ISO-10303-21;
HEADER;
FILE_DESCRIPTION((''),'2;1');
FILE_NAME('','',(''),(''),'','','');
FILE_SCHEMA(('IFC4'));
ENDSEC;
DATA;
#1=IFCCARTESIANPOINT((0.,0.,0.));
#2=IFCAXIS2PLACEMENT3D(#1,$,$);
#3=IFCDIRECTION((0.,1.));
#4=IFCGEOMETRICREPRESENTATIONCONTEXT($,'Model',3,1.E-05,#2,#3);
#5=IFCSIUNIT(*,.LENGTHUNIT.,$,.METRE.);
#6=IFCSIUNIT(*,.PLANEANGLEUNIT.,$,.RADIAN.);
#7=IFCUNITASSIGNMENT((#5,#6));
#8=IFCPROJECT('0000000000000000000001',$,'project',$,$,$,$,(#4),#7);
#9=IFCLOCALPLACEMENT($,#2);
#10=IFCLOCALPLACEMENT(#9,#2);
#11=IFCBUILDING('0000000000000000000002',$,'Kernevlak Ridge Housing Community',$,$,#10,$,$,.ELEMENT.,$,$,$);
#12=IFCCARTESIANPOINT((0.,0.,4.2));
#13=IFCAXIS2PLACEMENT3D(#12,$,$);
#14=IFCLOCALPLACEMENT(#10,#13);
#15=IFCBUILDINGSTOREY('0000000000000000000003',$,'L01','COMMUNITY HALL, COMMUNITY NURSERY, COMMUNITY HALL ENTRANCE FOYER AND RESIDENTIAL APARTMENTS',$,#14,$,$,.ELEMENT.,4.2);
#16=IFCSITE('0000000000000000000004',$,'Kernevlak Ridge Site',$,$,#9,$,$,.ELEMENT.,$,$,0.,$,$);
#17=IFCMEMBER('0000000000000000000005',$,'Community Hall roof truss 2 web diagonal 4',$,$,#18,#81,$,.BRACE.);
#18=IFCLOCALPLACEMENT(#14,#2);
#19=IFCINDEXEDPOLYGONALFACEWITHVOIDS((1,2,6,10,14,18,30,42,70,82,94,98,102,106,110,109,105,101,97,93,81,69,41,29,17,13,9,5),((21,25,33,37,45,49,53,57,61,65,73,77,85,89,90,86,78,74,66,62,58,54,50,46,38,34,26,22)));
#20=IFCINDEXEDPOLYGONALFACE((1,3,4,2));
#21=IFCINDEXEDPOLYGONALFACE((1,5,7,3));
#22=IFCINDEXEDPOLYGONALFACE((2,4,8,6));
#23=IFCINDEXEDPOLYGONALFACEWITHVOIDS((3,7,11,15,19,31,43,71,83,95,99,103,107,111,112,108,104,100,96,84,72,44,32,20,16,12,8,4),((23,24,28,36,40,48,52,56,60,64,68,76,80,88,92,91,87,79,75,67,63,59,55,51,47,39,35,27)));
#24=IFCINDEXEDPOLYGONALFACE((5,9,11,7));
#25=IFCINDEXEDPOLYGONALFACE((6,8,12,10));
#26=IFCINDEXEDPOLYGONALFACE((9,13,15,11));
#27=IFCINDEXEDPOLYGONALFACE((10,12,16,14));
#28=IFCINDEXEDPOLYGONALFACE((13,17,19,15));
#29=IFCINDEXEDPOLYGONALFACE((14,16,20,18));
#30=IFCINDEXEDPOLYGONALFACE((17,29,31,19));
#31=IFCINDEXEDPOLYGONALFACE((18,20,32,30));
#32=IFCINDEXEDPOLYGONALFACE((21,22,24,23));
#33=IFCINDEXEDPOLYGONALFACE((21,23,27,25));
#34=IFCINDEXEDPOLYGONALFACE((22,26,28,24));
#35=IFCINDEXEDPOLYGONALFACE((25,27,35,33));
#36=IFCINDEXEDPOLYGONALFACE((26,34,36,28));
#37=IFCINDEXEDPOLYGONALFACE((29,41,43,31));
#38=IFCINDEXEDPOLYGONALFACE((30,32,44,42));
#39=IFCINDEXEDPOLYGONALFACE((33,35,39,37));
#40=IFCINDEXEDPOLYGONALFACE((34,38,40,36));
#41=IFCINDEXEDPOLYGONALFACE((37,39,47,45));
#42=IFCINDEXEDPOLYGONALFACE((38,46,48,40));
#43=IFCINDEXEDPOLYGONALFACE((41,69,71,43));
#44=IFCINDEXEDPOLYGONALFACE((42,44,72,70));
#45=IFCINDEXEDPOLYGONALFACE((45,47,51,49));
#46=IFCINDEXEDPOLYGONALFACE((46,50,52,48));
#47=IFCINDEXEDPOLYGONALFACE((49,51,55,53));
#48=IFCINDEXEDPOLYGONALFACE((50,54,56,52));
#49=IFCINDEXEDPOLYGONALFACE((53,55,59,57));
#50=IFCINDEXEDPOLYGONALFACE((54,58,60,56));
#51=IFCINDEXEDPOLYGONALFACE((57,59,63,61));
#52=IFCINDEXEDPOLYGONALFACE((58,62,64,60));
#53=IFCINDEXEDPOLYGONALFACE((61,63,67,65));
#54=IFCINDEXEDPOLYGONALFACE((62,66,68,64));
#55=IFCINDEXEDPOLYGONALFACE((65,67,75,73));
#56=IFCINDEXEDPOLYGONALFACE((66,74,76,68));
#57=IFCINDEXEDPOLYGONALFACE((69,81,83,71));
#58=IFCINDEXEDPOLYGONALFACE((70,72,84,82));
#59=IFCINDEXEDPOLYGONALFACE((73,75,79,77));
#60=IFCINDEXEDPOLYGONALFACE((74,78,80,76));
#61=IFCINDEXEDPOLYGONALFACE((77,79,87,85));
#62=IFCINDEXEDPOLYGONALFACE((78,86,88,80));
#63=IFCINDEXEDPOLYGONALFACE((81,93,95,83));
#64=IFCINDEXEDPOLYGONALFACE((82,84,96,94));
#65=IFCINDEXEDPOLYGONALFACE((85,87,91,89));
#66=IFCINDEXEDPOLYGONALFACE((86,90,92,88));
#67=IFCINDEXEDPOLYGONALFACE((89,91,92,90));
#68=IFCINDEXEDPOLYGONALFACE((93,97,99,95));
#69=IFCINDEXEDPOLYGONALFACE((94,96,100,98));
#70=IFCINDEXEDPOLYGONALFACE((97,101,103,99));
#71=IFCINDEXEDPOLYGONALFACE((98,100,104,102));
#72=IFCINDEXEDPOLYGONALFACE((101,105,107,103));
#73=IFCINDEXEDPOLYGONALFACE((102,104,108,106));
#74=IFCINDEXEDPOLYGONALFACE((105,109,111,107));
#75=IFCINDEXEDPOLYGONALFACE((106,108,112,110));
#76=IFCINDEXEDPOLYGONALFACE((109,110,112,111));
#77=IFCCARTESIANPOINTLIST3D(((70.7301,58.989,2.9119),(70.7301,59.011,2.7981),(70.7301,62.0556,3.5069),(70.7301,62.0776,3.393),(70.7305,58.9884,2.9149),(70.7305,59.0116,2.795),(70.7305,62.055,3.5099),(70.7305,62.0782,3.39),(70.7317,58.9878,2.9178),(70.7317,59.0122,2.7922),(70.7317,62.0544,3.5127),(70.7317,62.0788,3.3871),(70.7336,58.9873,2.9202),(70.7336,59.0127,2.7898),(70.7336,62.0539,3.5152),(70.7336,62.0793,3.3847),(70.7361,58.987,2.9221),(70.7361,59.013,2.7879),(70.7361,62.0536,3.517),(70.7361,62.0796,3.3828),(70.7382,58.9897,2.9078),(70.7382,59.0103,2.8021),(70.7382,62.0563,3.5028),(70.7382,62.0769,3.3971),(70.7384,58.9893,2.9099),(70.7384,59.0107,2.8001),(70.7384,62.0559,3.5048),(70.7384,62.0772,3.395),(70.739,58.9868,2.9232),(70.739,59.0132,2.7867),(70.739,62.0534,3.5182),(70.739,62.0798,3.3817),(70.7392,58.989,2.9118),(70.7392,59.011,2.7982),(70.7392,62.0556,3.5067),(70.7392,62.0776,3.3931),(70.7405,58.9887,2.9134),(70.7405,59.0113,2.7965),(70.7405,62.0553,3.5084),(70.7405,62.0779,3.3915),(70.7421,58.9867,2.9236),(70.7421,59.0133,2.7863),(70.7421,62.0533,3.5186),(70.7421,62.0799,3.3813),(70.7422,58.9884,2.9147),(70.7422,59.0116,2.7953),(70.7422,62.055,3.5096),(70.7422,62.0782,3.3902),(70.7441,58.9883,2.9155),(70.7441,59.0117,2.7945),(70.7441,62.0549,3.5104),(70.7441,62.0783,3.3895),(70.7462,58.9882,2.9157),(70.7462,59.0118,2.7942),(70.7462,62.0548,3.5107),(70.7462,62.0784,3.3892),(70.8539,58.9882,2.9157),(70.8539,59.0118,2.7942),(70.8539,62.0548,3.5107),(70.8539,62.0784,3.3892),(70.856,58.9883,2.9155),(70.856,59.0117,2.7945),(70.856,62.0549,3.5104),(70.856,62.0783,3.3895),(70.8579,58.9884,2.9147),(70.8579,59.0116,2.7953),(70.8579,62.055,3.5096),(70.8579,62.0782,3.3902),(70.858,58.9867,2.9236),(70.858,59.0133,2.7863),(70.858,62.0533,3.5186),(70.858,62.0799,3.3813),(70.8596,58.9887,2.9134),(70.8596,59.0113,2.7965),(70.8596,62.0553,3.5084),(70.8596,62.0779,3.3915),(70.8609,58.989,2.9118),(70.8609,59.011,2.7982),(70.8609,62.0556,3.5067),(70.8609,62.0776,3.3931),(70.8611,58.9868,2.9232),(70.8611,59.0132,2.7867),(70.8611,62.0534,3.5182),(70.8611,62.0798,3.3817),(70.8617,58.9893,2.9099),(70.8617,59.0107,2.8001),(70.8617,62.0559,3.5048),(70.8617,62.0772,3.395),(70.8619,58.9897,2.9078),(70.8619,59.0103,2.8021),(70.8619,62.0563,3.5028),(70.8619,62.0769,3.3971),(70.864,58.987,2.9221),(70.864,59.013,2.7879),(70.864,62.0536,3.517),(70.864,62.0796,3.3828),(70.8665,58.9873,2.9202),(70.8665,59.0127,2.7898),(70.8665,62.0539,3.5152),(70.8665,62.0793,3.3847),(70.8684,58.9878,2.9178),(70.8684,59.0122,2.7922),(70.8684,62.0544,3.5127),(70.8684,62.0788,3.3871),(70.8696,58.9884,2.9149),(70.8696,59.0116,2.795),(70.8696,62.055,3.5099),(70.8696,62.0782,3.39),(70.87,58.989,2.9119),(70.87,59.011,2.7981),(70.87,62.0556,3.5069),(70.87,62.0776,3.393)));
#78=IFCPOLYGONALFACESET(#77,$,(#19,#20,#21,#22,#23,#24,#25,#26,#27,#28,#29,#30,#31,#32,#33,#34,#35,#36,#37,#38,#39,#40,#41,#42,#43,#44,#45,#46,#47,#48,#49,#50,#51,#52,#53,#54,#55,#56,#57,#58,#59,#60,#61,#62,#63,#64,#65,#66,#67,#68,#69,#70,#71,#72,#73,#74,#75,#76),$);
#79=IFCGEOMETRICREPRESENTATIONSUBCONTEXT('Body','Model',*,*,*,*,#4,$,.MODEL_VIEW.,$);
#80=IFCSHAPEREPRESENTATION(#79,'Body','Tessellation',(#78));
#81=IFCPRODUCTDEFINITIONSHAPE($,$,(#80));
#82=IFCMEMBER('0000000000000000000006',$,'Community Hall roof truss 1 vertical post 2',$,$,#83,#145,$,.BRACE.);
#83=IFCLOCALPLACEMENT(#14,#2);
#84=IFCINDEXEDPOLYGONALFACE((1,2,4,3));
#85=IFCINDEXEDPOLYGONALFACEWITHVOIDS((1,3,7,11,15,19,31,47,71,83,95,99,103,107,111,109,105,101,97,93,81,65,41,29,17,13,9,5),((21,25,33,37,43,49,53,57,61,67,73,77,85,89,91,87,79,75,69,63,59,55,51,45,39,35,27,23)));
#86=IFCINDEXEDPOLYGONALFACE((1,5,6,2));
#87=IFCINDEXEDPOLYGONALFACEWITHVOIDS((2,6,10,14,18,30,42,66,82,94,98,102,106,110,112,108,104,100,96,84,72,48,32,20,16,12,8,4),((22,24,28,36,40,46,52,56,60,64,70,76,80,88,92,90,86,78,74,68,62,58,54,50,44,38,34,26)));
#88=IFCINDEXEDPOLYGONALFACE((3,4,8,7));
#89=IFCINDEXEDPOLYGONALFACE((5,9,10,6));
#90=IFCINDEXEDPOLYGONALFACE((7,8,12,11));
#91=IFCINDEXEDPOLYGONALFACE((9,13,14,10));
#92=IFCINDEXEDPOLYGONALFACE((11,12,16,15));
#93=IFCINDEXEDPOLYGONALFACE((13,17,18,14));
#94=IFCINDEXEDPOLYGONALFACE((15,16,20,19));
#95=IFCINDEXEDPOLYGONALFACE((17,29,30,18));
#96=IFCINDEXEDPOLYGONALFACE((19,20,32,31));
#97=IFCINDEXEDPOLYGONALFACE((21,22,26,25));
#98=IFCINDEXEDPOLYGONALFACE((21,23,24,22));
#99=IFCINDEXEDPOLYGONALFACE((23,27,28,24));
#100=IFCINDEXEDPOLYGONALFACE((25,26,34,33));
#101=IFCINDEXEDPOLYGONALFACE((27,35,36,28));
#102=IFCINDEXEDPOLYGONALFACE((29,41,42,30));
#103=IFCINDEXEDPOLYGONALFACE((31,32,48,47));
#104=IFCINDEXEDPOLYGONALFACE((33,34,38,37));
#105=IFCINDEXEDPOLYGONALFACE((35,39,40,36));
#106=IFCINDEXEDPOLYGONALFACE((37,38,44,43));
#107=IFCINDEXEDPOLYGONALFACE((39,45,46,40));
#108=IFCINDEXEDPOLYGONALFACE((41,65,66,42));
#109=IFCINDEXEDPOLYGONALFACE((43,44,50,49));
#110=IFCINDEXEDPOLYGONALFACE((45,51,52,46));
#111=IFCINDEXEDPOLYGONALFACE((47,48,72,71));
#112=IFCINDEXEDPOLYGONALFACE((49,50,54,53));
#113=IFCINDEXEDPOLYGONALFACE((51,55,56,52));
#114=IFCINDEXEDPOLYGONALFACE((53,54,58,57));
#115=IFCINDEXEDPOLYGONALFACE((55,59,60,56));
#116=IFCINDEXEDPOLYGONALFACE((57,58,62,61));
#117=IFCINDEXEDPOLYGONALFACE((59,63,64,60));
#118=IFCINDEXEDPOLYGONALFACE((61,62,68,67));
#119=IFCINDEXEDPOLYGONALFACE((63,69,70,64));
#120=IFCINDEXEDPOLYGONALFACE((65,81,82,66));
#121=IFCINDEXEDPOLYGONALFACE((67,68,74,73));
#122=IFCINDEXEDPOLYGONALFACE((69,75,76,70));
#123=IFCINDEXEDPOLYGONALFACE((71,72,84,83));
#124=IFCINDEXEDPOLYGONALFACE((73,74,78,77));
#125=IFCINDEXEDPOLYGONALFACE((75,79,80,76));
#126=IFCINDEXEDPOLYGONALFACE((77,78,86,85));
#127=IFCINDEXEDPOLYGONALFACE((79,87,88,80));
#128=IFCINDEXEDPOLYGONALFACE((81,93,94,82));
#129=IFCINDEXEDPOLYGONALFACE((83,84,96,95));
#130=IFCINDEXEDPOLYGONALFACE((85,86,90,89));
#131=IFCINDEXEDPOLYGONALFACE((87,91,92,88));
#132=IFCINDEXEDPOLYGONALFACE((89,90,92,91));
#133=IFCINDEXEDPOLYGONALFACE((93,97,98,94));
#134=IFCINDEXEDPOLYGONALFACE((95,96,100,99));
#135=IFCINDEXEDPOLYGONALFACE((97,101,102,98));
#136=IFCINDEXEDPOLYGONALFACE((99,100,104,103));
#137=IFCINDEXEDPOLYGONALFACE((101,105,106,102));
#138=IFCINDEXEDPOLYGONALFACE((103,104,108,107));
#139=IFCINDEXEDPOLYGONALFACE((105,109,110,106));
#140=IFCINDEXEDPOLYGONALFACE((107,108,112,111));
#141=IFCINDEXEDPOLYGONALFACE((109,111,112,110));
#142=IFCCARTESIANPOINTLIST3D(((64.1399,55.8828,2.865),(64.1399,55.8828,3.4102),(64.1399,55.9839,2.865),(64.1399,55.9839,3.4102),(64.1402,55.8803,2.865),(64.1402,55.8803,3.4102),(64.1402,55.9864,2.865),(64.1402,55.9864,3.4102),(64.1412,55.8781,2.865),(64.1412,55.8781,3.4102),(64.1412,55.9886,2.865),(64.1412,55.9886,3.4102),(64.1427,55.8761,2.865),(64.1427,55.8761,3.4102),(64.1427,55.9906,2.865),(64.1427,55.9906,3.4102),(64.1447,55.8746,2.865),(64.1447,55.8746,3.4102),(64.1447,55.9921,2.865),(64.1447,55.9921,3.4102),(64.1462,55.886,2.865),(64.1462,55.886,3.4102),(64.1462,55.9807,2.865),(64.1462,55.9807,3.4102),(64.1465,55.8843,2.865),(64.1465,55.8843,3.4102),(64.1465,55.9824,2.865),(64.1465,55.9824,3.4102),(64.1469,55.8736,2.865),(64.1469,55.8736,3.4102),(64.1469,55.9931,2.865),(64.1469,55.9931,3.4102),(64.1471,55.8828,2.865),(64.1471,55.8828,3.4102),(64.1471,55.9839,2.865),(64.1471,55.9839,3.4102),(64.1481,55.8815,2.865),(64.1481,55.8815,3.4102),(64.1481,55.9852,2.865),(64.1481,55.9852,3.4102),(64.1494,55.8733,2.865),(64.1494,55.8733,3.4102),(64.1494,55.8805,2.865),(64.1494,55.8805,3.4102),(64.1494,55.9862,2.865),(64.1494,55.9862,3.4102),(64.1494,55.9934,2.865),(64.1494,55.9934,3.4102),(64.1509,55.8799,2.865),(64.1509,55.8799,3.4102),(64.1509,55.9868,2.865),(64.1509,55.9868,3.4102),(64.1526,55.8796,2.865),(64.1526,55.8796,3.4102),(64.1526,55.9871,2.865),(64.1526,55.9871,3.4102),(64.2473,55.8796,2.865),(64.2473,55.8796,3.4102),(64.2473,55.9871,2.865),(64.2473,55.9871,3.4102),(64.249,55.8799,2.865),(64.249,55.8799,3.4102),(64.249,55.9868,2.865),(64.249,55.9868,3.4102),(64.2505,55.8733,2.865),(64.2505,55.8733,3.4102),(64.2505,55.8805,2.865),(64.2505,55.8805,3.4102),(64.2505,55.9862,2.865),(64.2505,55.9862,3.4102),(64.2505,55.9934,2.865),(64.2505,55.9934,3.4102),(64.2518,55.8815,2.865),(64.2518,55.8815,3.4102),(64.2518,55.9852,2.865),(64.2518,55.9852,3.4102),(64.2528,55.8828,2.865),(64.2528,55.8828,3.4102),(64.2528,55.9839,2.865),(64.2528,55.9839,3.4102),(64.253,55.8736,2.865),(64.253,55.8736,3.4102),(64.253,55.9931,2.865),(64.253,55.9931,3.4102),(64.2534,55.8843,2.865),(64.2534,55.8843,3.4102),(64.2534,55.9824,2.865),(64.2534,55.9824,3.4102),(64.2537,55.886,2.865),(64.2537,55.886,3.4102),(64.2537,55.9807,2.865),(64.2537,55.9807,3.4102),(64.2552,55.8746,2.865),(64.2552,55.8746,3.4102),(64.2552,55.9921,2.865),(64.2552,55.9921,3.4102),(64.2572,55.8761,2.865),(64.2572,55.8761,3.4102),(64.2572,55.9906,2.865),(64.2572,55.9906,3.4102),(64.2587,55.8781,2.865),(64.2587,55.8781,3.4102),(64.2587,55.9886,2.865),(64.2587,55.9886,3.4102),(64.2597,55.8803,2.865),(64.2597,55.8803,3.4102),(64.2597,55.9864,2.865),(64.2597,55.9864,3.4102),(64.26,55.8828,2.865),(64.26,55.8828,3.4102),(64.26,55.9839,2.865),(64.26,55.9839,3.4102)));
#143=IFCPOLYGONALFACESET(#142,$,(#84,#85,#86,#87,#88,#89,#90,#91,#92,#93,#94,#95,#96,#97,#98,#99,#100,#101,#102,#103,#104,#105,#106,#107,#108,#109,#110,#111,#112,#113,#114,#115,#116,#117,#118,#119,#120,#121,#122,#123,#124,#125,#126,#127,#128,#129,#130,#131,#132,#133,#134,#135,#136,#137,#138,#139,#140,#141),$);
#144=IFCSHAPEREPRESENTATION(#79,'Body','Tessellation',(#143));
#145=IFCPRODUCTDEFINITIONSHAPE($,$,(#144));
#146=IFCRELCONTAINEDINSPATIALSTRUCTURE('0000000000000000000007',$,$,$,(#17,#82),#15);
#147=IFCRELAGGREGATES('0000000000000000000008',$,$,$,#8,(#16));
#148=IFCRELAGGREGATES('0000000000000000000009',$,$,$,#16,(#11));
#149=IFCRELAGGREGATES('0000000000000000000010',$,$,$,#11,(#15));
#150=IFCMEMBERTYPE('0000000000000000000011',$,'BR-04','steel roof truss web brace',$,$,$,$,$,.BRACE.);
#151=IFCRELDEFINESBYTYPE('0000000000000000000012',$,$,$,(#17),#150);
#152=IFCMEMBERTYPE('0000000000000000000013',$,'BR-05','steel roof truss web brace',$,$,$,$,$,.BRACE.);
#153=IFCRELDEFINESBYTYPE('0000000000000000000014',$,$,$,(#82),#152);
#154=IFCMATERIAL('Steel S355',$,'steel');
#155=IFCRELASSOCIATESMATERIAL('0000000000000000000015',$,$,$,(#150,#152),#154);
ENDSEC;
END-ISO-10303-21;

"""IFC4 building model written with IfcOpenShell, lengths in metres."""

from ifc_helpers import new_model, si_unit, direction, frame, origin, origin_2d, place, context, subcontext, project, spatial, hollow_rectangle, extrude, material, material_profile, profile_set, type_object, element, save


model = new_model("IFC4")

# Units and contexts
model_context = context("Model", 3, precision=1e-05, world=origin(), true_north=direction((0.0, 1.0)))
body_context = subcontext(model_context, "Body", "Model", "MODEL_VIEW")
ifc_project = project(units=[si_unit("LENGTHUNIT", "METRE"), si_unit("PLANEANGLEUNIT", "RADIAN")], contexts=[model_context])

# Site, building, storey
site_placement = place(None, origin())
site = spatial("IfcSite", under=ifc_project, at=site_placement, Name="Kernevlak Ridge Site", CompositionType="ELEMENT", RefElevation=0.0)
building_placement = place(site_placement, origin())
building = spatial("IfcBuilding", under=site, at=building_placement, Name="Kernevlak Ridge Housing Community", CompositionType="ELEMENT")
storey_placement = place(building_placement, frame((0.0, 0.0, 4.2)))
storey = spatial("IfcBuildingStorey", under=building, at=storey_placement, Name="L01", Description="COMMUNITY HALL, COMMUNITY NURSERY, COMMUNITY HALL ENTRANCE FOYER AND RESIDENTIAL APARTMENTS", CompositionType="ELEMENT", Elevation=4.2)

# Members
ifc_material_1 = material(Name="Steel S355", Category="steel")
ifc_material_profile_1 = material_profile(ifc_material_1, hollow_rectangle(XDim=0.1399, YDim=0.1399, WallThickness=0.0081, InnerFilletRadius=0.0081, OuterFilletRadius=0.012, at=origin_2d()), Name="SHS 140x140x8")
ifc_profile_set_1 = profile_set([ifc_material_profile_1], Name="Steel S355")
member_type_1 = type_object("IfcMemberType", Name="BR-04", Description="steel roof truss web brace", PredefinedType="BRACE", material=ifc_profile_set_1)
member_1_placement = place(storey_placement, frame((70.8, 59.0, 2.855), z_axis=(0.0, 0.981695, 0.190462), x_axis=(-1.0, 0.0, 0.0)))
element("IfcMember", 1, at=member_1_placement, inside=storey, type_object=member_type_1, Name="Community Hall roof truss 2 web diagonal 4", PredefinedType="BRACE", context=body_context, shape_type="SweptSolid", body=[
    extrude(hollow_rectangle(XDim=0.1399, YDim=0.1399, WallThickness=0.0081, InnerFilletRadius=0.0081, OuterFilletRadius=0.012, at=origin_2d()), origin(), (0.0, 0.0, 1.0), 3.1238),
])
ifc_material_profile_2 = material_profile(ifc_material_1, hollow_rectangle(XDim=0.1201, YDim=0.1201, WallThickness=0.0063, InnerFilletRadius=0.0063, OuterFilletRadius=0.0095, at=origin_2d()), Name="SHS 120x120x6.3")
ifc_profile_set_2 = profile_set([ifc_material_profile_2], Name="Steel S355")
member_type_2 = type_object("IfcMemberType", Name="BR-05", Description="steel roof truss web brace", PredefinedType="BRACE", material=ifc_profile_set_2)
for number, where, z_axis, x_axis, name in (
    (2, (64.2, 55.9333, 2.865), (0.0, 0.0, 1.0), (1.0, 0.0, 0.0), "Community Hall roof truss 1 vertical post 2"),
):
    element("IfcMember", number, at=place(storey_placement, frame(where, z_axis=z_axis, x_axis=x_axis)), inside=storey, type_object=member_type_2, Name=name, PredefinedType="BRACE", context=body_context, shape_type="SweptSolid", body=[
        extrude(hollow_rectangle(XDim=0.1201, YDim=0.1201, WallThickness=0.0063, InnerFilletRadius=0.0063, OuterFilletRadius=0.0095, at=origin_2d()), origin(), (0.0, 0.0, 1.0), 0.5452),
    ])

save(model, "model.ifc")
